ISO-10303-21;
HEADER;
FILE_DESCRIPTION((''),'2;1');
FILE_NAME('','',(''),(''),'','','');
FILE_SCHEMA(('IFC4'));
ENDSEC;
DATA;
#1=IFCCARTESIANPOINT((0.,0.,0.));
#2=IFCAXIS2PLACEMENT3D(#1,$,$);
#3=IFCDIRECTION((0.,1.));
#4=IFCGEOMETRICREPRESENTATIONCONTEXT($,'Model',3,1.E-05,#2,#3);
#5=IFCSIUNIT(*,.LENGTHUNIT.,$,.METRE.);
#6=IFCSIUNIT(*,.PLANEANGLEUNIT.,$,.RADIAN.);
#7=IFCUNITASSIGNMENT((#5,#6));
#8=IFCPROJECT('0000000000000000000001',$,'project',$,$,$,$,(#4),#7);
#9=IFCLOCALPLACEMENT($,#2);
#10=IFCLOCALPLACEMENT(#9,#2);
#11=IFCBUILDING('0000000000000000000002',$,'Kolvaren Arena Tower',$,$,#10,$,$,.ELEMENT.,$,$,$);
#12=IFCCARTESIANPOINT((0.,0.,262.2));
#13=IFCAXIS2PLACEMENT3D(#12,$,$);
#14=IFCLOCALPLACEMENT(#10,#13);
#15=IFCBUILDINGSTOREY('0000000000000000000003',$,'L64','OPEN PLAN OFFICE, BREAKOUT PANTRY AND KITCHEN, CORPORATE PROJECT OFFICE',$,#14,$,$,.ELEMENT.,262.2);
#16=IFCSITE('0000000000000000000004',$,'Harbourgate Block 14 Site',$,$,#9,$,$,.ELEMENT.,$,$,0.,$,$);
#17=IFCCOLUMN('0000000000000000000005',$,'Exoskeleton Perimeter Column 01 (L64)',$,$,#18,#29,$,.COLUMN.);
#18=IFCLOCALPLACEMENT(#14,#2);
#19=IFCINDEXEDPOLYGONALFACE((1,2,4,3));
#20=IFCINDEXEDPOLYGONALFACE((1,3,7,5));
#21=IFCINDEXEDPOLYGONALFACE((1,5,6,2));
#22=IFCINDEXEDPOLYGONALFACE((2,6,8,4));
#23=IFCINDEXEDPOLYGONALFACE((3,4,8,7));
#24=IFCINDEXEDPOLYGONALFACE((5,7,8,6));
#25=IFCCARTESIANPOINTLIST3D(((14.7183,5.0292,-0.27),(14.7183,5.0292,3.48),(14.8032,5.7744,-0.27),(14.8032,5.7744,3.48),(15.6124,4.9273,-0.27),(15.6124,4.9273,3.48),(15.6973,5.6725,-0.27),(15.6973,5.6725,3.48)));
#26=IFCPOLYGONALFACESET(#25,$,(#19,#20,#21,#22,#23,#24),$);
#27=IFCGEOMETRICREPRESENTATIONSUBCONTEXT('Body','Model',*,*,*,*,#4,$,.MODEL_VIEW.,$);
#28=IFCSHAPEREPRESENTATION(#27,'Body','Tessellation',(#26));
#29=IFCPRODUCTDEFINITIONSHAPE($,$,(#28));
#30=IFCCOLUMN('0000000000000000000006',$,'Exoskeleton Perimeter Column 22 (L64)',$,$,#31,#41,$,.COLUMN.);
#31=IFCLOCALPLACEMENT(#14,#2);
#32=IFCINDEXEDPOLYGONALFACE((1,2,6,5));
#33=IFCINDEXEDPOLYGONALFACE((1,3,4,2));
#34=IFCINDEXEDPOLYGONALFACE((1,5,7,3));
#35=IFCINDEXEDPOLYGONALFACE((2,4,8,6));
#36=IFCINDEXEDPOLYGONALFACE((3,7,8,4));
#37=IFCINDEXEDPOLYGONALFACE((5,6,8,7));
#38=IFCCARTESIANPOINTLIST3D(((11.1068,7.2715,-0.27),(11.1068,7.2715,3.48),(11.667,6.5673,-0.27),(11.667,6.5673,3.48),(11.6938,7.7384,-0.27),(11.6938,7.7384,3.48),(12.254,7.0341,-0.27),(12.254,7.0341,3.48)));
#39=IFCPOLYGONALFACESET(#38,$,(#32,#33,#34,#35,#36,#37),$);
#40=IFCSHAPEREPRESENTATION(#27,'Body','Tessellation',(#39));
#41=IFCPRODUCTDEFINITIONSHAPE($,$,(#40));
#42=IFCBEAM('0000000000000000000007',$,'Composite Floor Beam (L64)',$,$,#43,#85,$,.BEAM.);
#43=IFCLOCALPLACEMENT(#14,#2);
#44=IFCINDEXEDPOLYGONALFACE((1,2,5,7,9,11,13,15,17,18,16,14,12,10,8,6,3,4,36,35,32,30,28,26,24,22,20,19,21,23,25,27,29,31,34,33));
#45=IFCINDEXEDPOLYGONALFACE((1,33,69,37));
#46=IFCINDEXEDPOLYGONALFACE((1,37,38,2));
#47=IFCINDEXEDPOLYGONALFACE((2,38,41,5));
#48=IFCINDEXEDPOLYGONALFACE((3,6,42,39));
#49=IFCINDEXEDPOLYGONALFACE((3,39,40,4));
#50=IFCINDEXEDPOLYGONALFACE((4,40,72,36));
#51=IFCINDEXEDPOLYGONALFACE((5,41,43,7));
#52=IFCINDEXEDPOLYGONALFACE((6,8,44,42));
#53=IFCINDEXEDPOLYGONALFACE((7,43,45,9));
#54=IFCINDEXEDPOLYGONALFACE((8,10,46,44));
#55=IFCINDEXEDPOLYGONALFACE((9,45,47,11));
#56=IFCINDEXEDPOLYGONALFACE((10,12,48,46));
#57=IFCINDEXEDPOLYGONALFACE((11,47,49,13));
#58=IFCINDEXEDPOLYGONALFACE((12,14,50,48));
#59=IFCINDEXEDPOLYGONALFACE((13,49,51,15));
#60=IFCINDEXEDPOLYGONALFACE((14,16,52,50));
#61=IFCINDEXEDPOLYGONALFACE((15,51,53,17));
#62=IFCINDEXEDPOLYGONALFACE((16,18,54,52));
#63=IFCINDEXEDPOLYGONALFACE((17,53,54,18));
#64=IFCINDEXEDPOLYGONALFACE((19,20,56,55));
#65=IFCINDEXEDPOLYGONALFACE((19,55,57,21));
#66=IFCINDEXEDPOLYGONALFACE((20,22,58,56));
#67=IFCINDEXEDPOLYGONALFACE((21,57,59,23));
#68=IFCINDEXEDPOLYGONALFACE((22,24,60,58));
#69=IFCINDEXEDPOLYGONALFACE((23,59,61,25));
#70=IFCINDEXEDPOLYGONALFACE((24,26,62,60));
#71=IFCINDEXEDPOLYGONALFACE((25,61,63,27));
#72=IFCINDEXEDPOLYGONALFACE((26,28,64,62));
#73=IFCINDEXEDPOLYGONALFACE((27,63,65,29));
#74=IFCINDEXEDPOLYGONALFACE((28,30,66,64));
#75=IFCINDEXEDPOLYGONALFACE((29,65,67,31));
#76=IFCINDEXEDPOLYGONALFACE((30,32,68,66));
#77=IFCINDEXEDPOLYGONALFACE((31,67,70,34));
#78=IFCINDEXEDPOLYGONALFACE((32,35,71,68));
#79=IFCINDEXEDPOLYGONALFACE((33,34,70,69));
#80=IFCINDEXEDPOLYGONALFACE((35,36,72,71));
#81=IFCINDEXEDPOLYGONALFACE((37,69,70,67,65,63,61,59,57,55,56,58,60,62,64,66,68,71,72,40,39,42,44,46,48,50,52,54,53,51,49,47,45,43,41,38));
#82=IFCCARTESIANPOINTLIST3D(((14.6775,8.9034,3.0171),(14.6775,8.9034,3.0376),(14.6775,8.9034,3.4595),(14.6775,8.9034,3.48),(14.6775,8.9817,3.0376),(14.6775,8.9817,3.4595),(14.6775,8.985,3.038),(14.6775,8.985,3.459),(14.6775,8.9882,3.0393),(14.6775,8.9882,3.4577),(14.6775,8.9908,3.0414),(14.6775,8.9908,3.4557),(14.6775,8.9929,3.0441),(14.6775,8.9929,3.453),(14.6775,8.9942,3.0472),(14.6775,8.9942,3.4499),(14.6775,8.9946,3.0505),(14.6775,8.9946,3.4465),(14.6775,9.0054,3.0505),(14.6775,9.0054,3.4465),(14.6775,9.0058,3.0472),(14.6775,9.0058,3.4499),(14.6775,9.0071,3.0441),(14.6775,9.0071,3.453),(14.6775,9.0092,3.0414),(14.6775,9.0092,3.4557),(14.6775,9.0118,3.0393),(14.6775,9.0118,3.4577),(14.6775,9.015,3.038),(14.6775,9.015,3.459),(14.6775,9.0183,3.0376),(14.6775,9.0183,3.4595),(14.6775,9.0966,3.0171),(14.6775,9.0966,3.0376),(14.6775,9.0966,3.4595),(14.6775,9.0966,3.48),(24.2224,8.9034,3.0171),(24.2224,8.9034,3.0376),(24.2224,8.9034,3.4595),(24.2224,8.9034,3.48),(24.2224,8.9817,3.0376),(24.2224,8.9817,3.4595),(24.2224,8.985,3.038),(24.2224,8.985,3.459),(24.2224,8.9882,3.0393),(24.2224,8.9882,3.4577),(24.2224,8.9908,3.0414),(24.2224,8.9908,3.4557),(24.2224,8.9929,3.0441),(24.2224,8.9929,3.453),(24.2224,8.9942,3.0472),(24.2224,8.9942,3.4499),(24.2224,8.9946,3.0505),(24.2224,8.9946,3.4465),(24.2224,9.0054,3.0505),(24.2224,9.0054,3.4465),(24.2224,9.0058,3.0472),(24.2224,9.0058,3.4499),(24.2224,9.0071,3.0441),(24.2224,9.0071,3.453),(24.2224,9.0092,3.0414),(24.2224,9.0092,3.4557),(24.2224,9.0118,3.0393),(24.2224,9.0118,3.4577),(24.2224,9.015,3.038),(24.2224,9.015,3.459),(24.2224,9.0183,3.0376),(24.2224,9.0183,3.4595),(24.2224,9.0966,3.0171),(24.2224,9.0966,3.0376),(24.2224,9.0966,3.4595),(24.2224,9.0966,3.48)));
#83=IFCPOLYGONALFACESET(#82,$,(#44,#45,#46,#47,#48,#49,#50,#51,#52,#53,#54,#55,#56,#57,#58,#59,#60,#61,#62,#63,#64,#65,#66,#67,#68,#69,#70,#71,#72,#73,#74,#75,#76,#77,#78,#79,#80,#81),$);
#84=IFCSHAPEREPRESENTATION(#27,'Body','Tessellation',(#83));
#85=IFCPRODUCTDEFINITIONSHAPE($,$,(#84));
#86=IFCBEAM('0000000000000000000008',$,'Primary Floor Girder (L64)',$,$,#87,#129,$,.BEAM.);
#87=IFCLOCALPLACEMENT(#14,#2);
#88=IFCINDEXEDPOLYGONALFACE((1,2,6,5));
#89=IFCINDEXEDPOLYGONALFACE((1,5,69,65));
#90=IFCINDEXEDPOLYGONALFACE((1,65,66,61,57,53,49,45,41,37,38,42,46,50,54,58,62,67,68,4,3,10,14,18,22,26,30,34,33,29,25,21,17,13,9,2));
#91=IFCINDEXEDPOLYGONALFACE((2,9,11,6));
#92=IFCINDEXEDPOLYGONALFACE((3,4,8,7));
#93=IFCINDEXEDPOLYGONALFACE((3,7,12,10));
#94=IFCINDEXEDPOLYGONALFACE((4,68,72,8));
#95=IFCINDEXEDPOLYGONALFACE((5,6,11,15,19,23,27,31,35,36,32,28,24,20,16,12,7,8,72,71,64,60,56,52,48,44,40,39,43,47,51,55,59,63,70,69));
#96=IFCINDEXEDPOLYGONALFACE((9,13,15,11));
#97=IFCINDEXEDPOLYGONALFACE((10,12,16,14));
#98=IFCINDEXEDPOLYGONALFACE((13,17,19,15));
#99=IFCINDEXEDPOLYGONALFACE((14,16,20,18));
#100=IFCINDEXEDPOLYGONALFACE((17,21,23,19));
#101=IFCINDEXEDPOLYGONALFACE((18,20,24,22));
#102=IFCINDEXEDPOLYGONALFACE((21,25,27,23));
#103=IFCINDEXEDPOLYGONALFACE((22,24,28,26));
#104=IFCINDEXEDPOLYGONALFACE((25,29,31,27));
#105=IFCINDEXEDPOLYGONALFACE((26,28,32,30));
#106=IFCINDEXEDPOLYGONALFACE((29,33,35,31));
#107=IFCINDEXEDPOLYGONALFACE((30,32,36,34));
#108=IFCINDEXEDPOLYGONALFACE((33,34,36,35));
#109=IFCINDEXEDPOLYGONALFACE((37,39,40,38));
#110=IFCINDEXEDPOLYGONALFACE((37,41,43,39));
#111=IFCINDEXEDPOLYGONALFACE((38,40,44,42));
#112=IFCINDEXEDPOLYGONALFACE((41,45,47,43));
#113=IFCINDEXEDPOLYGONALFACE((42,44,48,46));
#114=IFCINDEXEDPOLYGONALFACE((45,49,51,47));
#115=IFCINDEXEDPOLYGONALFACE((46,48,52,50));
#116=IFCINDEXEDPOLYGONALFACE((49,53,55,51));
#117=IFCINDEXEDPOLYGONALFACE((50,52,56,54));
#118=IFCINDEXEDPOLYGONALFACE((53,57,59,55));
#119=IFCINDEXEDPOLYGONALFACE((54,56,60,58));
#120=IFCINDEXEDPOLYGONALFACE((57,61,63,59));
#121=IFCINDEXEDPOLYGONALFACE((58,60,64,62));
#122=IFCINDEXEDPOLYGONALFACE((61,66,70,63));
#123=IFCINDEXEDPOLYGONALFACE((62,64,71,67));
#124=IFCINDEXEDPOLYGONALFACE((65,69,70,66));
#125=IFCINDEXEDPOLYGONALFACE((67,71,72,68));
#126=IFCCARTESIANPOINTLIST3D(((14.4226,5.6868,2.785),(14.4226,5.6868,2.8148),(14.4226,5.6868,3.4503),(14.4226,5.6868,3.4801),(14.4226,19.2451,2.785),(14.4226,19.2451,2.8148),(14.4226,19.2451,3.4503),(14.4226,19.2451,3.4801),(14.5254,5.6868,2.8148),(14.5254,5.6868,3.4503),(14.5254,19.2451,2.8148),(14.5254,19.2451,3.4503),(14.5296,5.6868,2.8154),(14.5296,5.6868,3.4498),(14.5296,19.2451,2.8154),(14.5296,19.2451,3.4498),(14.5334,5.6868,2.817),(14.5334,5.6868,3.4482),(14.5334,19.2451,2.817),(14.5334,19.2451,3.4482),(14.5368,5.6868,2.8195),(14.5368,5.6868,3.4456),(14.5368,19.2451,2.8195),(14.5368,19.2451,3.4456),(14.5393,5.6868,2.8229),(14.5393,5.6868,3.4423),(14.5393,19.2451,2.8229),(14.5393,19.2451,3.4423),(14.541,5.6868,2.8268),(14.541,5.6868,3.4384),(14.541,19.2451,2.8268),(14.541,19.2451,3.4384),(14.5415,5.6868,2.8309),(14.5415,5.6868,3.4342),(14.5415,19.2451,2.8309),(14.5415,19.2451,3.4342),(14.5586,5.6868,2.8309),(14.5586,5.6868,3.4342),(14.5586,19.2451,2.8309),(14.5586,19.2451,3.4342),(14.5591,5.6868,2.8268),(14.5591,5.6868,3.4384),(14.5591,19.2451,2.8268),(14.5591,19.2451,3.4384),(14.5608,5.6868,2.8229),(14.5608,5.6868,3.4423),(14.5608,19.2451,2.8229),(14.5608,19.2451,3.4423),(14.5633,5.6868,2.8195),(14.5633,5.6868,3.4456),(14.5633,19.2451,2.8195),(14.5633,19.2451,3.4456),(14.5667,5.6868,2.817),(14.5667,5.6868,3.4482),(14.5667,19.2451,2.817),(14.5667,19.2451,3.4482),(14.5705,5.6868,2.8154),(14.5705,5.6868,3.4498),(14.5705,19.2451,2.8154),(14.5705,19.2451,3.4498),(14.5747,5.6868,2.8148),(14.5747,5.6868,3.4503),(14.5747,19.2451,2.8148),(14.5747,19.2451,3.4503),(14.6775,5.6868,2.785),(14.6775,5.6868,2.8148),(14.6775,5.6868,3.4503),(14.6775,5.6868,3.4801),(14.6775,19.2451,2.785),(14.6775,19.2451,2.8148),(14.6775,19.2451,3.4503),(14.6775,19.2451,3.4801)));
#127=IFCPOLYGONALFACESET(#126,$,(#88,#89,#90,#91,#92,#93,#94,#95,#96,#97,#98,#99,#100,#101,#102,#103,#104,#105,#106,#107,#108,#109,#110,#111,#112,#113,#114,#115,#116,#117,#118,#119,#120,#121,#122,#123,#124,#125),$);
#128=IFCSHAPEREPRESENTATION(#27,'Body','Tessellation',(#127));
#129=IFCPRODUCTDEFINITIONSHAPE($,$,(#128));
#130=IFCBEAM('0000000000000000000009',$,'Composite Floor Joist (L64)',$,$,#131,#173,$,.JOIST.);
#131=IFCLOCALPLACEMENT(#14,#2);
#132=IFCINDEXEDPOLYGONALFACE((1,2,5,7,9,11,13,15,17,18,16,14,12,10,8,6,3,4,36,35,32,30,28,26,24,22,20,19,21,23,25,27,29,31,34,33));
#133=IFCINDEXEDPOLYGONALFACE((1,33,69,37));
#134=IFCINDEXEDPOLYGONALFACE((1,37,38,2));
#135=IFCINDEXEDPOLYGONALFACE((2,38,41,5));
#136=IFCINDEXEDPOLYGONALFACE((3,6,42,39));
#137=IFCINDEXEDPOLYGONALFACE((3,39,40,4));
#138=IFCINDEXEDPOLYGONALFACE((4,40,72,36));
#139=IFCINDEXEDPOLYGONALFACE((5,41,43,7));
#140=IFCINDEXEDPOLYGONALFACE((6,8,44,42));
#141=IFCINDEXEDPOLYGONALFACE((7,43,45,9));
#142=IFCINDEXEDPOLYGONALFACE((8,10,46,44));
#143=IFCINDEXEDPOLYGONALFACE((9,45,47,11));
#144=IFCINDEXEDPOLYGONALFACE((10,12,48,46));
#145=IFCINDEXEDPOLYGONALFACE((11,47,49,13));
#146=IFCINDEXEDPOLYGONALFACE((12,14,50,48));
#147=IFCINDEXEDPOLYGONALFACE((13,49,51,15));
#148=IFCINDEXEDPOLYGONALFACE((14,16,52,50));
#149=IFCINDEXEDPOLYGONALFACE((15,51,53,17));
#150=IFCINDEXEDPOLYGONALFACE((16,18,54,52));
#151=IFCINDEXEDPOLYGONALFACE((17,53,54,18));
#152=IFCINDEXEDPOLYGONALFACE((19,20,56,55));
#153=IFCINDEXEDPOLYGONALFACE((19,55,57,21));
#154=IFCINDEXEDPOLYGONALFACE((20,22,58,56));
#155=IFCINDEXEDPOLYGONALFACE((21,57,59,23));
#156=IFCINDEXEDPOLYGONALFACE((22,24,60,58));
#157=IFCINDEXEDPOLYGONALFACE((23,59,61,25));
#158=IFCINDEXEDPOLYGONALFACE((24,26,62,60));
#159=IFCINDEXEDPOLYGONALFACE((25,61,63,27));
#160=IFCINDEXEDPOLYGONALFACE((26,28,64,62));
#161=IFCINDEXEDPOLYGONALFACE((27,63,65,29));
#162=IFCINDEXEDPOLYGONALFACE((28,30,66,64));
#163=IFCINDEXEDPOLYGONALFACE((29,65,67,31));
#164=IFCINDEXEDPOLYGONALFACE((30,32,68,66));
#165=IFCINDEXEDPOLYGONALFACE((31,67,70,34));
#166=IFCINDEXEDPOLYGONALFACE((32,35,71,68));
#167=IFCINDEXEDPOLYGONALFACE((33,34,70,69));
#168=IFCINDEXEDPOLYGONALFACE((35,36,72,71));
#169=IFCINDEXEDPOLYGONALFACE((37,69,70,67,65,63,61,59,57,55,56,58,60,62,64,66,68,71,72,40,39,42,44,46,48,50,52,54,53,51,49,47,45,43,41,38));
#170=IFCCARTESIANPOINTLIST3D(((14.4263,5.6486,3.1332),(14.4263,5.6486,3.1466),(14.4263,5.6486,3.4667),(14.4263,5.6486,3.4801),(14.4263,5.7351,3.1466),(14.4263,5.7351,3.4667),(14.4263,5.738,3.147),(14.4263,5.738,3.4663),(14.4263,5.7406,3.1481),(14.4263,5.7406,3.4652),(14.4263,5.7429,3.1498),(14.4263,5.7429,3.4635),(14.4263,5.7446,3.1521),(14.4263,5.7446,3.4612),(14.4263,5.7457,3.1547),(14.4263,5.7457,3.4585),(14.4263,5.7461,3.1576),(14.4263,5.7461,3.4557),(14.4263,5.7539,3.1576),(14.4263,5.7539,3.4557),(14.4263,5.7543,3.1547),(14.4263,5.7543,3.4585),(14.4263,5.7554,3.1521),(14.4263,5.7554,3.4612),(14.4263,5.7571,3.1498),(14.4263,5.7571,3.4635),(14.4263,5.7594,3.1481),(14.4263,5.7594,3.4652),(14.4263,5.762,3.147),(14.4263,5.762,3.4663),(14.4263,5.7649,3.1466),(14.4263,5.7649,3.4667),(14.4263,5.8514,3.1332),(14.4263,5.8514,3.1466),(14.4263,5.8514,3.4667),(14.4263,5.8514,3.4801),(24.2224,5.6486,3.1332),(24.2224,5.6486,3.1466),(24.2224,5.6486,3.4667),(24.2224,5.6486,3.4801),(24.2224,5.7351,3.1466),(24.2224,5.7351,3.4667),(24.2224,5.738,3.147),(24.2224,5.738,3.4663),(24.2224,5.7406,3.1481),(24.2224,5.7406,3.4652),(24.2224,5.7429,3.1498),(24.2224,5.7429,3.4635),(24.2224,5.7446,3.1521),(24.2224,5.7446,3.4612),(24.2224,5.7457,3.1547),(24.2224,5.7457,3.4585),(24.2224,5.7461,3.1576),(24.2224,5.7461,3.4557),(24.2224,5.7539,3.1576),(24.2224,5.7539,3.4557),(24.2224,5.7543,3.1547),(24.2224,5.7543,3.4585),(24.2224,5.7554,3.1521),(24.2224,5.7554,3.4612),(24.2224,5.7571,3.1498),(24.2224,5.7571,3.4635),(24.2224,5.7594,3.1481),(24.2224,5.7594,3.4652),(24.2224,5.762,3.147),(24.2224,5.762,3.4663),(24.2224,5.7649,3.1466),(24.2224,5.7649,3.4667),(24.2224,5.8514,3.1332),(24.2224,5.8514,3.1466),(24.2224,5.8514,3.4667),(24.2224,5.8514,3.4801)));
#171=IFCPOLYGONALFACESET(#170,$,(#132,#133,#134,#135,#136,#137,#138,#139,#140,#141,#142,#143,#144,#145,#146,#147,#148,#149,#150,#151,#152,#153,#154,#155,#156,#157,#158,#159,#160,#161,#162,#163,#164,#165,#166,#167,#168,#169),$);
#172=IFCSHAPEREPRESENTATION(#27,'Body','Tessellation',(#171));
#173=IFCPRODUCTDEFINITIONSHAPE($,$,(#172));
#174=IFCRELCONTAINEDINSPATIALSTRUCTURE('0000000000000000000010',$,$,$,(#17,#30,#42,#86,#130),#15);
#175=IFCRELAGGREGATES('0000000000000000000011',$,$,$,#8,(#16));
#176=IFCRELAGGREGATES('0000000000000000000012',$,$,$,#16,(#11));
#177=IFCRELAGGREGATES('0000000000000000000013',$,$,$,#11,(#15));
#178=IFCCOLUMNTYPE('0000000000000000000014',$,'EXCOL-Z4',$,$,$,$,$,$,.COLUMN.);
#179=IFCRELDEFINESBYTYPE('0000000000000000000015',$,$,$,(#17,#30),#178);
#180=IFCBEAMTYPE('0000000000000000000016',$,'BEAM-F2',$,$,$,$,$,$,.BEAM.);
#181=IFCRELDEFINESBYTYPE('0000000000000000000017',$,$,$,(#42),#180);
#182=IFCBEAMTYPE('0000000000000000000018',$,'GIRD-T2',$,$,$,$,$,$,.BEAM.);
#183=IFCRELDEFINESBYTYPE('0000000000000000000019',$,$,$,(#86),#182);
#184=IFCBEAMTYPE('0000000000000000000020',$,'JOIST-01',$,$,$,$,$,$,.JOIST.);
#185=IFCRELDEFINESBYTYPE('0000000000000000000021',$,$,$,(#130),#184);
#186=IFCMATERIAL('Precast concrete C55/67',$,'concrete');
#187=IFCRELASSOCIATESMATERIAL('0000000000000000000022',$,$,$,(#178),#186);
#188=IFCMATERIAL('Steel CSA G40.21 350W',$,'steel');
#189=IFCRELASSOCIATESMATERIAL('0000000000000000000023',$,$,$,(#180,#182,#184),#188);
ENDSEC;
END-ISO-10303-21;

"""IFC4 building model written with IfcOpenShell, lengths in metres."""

from ifc_helpers import new_model, si_unit, direction, frame, origin, origin_2d, place, context, subcontext, project, spatial, rectangle, i_section, extrude, material, material_profile, profile_set, type_object, element, save


model = new_model("IFC4")

# Units and contexts
model_context = context("Model", 3, precision=1e-05, world=origin(), true_north=direction((0.0, 1.0)))
body_context = subcontext(model_context, "Body", "Model", "MODEL_VIEW")
ifc_project = project(units=[si_unit("LENGTHUNIT", "METRE"), si_unit("PLANEANGLEUNIT", "RADIAN")], contexts=[model_context])

# Site, building, storey
site_placement = place(None, origin())
site = spatial("IfcSite", under=ifc_project, at=site_placement, Name="Harbourgate Block 14 Site", CompositionType="ELEMENT", RefElevation=0.0)
building_placement = place(site_placement, origin())
building = spatial("IfcBuilding", under=site, at=building_placement, Name="Kolvaren Arena Tower", CompositionType="ELEMENT")
storey_placement = place(building_placement, frame((0.0, 0.0, 262.2)))
storey = spatial("IfcBuildingStorey", under=building, at=storey_placement, Name="L64", Description="OPEN PLAN OFFICE, BREAKOUT PANTRY AND KITCHEN, CORPORATE PROJECT OFFICE", CompositionType="ELEMENT", Elevation=262.2)

# Columns
ifc_material_1 = material(Name="Precast concrete C55/67", Category="concrete")
ifc_material_profile_1 = material_profile(ifc_material_1, rectangle(XDim=0.8999, YDim=0.75, at=origin_2d()), Name="RC-900x750")
ifc_profile_set_1 = profile_set([ifc_material_profile_1], Name="Precast concrete C55/67")
column_type = type_object("IfcColumnType", Name="EXCOL-Z4", PredefinedType="COLUMN", material=ifc_profile_set_1)
for number, where, z_axis, x_axis, name in (
    (1, (15.2078, 5.3508, -0.27), (0.0, 0.0, 1.0), (0.993572, -0.113203, 0.0), "Exoskeleton Perimeter Column 01 (L64)"),
    (2, (11.6804, 7.1528, -0.27), (0.0, 0.0, 1.0), (-0.622515, 0.782608, 0.0), "Exoskeleton Perimeter Column 22 (L64)"),
):
    element("IfcColumn", number, at=place(storey_placement, frame(where, z_axis=z_axis, x_axis=x_axis)), inside=storey, type_object=column_type, Name=name, PredefinedType="COLUMN", context=body_context, shape_type="SweptSolid", body=[
        extrude(rectangle(XDim=0.8999, YDim=0.75, at=origin_2d()), origin(), (0.0, 0.0, 1.0), 3.75),
    ])

# Beams
ifc_material_2 = material(Name="Steel CSA G40.21 350W", Category="steel")
ifc_material_profile_2 = material_profile(ifc_material_2, i_section(OverallWidth=0.1931, OverallDepth=0.4629, WebThickness=0.0107, FlangeThickness=0.0205, FilletRadius=0.0129, at=origin_2d()), Name="W460x113")
ifc_profile_set_2 = profile_set([ifc_material_profile_2], Name="Steel CSA G40.21 350W")
beam_type_1 = type_object("IfcBeamType", Name="BEAM-F2", PredefinedType="BEAM", material=ifc_profile_set_2)
beam_1_placement = place(storey_placement, frame((14.6775, 9.0, 3.2485), z_axis=(1.0, 0.0, 0.0), x_axis=(0.0, 1.0, 0.0)))
element("IfcBeam", 3, at=beam_1_placement, inside=storey, type_object=beam_type_1, Name="Composite Floor Beam (L64)", PredefinedType="BEAM", context=body_context, shape_type="SweptSolid", body=[
    extrude(i_section(OverallWidth=0.1931, OverallDepth=0.4629, WebThickness=0.0107, FlangeThickness=0.0205, FilletRadius=0.0129, at=origin_2d()), origin(), (0.0, 0.0, 1.0), 9.5449),
])
ifc_material_profile_3 = material_profile(ifc_material_2, i_section(OverallWidth=0.2549, OverallDepth=0.6951, WebThickness=0.0171, FlangeThickness=0.0298, FilletRadius=0.0161, at=origin_2d()), Name="W690x217")
ifc_profile_set_3 = profile_set([ifc_material_profile_3], Name="Steel CSA G40.21 350W")
beam_type_2 = type_object("IfcBeamType", Name="GIRD-T2", PredefinedType="BEAM", material=ifc_profile_set_3)
beam_2_placement = place(storey_placement, frame((14.55, 5.6868, 3.1326), z_axis=(0.0, 1.0, 0.0), x_axis=(-1.0, 0.0, 0.0)))
element("IfcBeam", 4, at=beam_2_placement, inside=storey, type_object=beam_type_2, Name="Primary Floor Girder (L64)", PredefinedType="BEAM", context=body_context, shape_type="SweptSolid", body=[
    extrude(i_section(OverallWidth=0.2549, OverallDepth=0.6951, WebThickness=0.0171, FlangeThickness=0.0298, FilletRadius=0.0161, at=origin_2d()), origin(), (0.0, 0.0, 1.0), 13.5583),
])
ifc_material_profile_4 = material_profile(ifc_material_2, i_section(OverallWidth=0.2029, OverallDepth=0.3469, WebThickness=0.0078, FlangeThickness=0.0134, FilletRadius=0.011, at=origin_2d()), Name="W360x64")
ifc_profile_set_4 = profile_set([ifc_material_profile_4], Name="Steel CSA G40.21 350W")
beam_type_3 = type_object("IfcBeamType", Name="JOIST-01", PredefinedType="JOIST", material=ifc_profile_set_4)
beam_3_placement = place(storey_placement, frame((14.4263, 5.75, 3.3066), z_axis=(1.0, 0.0, 0.0), x_axis=(0.0, 1.0, 0.0)))
element("IfcBeam", 5, at=beam_3_placement, inside=storey, type_object=beam_type_3, Name="Composite Floor Joist (L64)", PredefinedType="JOIST", context=body_context, shape_type="SweptSolid", body=[
    extrude(i_section(OverallWidth=0.2029, OverallDepth=0.3469, WebThickness=0.0078, FlangeThickness=0.0134, FilletRadius=0.011, at=origin_2d()), origin(), (0.0, 0.0, 1.0), 9.7961),
])

save(model, "model.ifc")
